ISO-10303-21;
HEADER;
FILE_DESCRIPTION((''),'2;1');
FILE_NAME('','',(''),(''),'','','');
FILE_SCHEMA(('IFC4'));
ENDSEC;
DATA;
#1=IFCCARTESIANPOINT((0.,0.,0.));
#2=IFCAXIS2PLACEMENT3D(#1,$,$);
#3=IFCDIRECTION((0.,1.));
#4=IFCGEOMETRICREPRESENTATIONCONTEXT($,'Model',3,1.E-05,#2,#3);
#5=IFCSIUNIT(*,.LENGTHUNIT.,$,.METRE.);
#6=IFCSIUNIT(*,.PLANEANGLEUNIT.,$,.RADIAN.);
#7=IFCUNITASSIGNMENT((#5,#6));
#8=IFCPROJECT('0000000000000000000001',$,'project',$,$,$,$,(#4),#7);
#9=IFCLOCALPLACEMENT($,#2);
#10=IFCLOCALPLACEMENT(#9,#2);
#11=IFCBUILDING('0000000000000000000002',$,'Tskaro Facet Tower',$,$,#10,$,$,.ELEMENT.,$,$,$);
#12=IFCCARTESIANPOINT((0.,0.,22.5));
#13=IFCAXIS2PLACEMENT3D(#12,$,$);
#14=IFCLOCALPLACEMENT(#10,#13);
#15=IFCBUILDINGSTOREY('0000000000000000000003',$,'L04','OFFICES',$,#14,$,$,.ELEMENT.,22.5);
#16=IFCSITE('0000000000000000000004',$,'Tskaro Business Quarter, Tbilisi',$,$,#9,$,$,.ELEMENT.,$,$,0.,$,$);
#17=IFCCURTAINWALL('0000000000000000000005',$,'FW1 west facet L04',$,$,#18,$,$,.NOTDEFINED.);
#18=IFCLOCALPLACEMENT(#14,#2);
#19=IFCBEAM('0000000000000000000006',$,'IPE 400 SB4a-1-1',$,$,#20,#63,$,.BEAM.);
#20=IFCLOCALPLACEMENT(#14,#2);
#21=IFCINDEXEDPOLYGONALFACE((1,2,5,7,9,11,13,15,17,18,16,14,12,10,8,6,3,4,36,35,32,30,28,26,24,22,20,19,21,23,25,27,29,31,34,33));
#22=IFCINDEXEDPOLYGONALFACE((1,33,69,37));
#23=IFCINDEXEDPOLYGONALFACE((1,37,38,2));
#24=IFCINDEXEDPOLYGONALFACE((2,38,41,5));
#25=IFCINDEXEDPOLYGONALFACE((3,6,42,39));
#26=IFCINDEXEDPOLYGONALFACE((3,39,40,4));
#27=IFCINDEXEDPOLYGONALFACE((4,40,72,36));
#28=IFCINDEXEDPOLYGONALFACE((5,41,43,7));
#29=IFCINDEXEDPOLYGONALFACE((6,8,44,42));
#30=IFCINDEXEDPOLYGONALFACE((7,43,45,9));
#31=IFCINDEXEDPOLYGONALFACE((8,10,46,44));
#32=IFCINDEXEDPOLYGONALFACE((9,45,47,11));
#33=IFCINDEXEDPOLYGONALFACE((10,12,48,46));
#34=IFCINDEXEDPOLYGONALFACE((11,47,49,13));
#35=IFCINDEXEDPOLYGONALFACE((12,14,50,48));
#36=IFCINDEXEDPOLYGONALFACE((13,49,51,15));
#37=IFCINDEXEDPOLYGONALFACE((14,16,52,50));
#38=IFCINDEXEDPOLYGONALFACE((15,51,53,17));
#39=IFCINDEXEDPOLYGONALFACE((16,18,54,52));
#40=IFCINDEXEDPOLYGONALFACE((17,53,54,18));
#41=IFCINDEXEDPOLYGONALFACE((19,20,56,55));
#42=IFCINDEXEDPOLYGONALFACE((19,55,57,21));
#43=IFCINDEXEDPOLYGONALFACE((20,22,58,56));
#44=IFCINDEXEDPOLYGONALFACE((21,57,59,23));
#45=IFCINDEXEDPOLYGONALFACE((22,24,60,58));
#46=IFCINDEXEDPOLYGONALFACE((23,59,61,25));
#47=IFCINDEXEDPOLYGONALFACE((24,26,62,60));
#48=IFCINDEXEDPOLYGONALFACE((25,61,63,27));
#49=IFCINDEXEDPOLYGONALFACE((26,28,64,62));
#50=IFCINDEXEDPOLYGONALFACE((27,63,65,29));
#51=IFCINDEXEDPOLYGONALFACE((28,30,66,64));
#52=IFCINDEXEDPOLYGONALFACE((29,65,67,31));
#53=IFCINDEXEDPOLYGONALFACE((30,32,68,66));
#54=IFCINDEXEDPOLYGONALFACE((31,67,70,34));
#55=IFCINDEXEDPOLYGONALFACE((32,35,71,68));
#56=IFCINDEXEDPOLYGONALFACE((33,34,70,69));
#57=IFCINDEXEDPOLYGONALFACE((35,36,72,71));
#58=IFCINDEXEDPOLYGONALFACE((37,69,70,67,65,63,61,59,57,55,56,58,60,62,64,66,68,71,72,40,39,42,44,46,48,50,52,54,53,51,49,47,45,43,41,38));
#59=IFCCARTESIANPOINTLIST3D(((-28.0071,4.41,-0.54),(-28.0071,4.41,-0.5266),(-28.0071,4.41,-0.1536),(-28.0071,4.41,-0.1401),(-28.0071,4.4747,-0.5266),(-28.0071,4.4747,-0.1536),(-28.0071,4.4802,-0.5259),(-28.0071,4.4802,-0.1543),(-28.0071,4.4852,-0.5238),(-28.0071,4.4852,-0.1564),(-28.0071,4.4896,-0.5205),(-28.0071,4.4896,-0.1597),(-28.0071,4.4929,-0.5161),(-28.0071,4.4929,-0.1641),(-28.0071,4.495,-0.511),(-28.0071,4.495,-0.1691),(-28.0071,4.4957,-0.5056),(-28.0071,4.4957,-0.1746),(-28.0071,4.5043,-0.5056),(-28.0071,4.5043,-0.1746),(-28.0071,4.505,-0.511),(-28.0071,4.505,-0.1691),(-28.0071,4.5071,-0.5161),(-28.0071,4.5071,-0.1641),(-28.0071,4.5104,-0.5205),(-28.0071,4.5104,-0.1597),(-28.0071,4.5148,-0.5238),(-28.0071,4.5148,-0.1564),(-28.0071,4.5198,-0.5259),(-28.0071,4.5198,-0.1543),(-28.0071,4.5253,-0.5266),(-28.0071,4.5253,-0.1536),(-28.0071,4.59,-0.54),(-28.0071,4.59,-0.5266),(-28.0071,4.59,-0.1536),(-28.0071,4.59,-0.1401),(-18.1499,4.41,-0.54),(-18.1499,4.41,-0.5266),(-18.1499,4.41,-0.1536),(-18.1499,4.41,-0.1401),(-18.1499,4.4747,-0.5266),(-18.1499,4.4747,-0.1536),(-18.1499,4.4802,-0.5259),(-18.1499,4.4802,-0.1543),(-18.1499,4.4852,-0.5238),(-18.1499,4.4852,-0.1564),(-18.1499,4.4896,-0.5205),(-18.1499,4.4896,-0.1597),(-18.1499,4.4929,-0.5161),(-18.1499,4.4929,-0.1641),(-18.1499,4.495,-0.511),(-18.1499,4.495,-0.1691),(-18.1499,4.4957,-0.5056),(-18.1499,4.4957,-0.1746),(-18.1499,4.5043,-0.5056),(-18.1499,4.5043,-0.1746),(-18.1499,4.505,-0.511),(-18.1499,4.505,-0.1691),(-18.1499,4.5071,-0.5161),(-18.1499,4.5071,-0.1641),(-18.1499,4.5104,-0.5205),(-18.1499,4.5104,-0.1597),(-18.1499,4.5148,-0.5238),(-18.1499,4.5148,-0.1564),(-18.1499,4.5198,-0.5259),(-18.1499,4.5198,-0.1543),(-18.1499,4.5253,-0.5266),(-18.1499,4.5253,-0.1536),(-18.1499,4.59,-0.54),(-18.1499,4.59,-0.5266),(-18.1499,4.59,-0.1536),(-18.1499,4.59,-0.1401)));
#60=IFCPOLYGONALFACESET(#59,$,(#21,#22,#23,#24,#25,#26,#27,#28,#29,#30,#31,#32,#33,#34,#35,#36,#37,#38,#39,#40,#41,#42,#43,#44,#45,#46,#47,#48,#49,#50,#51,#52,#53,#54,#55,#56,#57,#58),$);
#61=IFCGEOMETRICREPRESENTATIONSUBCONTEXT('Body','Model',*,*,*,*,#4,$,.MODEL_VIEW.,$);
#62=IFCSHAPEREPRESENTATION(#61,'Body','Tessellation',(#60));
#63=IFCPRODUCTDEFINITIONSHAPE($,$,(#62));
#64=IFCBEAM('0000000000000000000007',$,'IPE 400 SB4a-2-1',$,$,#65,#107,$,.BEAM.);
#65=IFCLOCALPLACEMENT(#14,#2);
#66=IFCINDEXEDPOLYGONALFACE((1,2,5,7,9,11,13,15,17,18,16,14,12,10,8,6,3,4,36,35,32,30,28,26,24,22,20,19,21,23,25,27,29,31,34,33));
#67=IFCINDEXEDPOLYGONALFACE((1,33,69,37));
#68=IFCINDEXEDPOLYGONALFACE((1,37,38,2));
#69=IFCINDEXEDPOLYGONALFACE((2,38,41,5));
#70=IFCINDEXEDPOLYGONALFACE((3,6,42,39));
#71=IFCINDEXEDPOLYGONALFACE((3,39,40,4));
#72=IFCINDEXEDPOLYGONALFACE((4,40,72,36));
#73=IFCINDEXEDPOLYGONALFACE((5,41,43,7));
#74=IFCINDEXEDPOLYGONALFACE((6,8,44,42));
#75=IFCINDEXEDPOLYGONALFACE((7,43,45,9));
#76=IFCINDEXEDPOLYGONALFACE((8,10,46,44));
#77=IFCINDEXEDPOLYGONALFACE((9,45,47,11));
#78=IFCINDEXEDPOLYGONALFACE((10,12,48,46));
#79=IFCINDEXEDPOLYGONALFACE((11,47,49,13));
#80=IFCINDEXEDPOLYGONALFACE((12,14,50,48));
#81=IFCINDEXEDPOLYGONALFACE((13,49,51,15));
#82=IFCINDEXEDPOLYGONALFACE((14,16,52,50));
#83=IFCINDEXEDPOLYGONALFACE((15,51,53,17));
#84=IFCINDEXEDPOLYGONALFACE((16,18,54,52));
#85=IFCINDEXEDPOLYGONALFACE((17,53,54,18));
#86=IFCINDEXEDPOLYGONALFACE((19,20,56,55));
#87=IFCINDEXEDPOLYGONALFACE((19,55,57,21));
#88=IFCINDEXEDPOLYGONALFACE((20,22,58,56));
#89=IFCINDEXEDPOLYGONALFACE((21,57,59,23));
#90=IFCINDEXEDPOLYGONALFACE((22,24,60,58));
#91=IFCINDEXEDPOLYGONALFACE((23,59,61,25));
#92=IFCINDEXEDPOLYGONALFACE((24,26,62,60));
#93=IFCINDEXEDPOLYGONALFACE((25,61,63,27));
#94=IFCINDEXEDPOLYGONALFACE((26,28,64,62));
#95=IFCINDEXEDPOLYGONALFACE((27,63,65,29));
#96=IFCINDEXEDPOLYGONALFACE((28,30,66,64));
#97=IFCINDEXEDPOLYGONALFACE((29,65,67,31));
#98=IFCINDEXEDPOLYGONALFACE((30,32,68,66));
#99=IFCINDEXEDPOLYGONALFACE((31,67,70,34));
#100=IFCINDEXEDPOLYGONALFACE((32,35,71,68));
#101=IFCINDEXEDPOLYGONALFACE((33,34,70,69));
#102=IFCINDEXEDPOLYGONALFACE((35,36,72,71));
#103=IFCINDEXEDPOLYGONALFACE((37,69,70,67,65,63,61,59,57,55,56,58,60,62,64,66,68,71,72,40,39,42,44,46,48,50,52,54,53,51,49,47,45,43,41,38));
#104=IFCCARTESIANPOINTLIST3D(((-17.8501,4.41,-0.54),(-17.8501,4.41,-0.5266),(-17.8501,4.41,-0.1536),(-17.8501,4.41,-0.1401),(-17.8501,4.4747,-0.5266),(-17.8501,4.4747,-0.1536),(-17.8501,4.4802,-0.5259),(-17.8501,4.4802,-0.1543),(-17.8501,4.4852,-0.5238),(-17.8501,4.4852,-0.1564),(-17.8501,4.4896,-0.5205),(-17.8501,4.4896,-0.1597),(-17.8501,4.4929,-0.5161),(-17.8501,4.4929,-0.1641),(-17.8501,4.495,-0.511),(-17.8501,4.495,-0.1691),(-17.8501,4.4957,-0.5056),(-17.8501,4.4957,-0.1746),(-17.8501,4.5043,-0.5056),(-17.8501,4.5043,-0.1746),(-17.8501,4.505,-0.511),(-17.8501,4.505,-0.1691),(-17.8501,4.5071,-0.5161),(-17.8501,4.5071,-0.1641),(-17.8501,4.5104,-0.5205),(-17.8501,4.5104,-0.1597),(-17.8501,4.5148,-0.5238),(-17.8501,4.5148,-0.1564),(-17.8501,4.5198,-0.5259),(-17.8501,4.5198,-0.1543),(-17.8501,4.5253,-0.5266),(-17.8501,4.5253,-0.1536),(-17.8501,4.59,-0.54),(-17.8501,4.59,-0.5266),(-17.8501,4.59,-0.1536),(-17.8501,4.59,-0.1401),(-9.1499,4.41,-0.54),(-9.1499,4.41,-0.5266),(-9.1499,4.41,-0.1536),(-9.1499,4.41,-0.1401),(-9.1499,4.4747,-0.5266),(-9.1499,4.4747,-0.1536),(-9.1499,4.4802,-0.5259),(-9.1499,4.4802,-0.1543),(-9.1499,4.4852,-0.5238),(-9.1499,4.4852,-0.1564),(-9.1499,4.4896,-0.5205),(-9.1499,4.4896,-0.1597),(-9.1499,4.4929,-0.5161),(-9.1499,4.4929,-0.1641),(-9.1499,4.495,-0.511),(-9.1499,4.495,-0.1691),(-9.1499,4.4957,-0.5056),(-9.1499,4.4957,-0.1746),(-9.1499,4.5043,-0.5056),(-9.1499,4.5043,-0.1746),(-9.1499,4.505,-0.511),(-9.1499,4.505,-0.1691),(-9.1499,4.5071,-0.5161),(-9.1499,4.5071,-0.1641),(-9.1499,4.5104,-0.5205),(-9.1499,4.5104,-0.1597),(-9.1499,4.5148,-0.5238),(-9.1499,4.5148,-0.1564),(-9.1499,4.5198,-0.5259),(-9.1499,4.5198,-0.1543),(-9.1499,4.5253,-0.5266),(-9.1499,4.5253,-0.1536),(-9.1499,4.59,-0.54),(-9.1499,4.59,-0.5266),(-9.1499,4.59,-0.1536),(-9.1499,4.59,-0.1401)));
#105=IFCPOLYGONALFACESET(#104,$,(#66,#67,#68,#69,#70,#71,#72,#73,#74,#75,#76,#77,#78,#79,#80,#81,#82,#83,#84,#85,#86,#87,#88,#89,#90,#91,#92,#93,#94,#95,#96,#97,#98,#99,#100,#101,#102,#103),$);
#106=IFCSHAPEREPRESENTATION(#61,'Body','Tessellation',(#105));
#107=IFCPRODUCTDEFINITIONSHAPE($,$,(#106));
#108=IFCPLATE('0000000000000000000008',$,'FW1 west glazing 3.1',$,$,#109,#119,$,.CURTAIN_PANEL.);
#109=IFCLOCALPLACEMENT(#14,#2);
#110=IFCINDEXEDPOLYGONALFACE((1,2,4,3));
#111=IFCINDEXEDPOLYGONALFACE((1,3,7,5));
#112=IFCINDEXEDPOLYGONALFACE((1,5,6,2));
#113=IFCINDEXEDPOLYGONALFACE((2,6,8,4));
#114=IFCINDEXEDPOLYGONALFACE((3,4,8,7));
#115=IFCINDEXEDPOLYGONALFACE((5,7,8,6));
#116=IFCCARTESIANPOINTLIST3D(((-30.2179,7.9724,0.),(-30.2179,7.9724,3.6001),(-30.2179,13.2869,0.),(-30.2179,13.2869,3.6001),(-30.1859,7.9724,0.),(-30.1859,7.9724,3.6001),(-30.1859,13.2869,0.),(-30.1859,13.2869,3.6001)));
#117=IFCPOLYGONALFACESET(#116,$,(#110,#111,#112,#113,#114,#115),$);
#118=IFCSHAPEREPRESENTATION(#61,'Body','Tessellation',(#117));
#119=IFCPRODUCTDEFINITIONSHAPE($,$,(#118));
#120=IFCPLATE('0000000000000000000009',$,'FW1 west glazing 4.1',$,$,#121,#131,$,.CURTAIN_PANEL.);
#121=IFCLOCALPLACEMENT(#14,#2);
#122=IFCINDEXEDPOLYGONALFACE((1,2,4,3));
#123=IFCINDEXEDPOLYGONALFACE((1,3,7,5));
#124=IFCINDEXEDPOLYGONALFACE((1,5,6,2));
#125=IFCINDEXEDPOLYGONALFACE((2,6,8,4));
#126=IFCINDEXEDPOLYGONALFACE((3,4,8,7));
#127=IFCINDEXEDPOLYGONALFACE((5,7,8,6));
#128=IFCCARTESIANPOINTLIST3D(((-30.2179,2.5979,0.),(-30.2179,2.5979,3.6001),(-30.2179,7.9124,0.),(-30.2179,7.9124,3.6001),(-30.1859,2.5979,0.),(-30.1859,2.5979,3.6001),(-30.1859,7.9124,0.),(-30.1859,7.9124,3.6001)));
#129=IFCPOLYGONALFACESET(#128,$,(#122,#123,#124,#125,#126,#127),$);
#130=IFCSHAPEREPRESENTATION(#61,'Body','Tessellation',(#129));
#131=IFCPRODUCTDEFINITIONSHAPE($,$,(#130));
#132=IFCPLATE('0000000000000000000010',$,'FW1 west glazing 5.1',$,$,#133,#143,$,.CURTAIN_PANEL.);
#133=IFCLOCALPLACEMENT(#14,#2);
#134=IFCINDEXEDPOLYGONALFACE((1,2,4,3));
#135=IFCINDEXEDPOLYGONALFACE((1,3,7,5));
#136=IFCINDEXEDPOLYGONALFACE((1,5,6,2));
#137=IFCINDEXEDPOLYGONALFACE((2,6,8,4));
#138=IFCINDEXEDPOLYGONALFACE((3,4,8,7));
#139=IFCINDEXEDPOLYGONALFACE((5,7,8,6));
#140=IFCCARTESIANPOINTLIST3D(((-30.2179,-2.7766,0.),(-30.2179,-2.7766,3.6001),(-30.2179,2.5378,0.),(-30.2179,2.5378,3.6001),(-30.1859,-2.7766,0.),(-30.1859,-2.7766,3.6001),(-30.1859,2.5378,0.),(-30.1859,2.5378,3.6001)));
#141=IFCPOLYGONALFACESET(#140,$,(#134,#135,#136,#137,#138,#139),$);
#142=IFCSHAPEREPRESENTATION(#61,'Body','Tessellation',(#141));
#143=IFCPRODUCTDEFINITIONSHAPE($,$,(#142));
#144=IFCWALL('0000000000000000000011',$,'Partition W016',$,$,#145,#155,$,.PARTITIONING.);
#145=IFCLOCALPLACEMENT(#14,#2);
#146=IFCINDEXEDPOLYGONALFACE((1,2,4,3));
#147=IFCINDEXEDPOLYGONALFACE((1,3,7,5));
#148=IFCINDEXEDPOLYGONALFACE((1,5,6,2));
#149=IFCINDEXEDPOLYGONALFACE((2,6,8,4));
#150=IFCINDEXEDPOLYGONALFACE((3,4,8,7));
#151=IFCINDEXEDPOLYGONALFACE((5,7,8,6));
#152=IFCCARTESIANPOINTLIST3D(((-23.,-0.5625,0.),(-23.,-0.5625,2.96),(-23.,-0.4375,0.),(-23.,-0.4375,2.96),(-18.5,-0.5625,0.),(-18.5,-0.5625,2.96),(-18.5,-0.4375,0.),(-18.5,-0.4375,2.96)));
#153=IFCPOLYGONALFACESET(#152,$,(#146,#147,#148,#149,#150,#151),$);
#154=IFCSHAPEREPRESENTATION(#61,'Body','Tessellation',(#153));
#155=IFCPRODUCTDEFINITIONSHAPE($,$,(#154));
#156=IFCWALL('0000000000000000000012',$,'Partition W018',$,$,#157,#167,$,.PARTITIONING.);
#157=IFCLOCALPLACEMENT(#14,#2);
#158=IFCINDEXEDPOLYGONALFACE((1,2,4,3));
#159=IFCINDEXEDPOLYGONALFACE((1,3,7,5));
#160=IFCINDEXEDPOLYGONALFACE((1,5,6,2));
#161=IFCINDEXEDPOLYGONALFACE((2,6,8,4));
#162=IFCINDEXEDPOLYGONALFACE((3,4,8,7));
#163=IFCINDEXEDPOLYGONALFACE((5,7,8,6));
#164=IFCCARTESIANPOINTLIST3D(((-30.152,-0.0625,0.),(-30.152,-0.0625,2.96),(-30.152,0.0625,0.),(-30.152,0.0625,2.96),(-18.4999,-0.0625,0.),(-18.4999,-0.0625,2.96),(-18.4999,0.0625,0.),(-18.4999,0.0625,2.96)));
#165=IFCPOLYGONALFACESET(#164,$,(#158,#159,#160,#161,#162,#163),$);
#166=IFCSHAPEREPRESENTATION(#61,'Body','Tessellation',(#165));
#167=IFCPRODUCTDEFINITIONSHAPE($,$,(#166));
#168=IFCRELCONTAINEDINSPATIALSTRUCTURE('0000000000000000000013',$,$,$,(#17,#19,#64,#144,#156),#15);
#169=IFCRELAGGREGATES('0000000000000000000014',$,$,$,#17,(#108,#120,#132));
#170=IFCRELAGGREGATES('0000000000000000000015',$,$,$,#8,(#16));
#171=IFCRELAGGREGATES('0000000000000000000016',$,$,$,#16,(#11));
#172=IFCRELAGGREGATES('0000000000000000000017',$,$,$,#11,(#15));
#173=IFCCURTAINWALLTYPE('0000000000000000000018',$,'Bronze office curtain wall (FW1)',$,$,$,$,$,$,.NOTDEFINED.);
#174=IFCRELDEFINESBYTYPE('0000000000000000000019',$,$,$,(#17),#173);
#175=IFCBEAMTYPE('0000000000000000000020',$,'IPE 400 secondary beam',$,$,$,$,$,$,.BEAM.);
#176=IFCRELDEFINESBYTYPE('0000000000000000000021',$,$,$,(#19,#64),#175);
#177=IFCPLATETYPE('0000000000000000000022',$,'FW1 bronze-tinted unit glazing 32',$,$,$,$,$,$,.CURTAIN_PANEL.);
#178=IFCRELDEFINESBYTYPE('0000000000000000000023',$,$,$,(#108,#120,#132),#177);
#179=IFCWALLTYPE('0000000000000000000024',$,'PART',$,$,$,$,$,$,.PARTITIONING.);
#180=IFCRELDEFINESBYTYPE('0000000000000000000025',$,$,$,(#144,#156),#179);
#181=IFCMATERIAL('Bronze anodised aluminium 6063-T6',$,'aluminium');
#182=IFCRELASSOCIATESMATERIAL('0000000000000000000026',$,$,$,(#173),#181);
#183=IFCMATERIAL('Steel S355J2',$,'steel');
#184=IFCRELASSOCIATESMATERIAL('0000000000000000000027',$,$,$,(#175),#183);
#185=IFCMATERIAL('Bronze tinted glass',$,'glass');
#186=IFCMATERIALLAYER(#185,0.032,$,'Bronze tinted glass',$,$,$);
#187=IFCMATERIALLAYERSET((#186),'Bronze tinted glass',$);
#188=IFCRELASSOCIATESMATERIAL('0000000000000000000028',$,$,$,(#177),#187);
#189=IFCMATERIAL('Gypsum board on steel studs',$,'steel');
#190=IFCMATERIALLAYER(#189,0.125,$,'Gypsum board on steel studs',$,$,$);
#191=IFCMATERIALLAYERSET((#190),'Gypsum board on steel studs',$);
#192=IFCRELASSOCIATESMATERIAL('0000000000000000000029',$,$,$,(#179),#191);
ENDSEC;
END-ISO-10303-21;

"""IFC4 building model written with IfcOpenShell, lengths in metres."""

from ifc_helpers import new_model, si_unit, direction, frame, frame_2d, origin, origin_2d, place, context, subcontext, project, spatial, rectangle, i_section, extrude, material, layer, layer_set, material_profile, profile_set, type_object, element, aggregate, save


model = new_model("IFC4")

# Units and contexts
model_context = context("Model", 3, precision=1e-05, world=origin(), true_north=direction((0.0, 1.0)))
body_context = subcontext(model_context, "Body", "Model", "MODEL_VIEW")
ifc_project = project(units=[si_unit("LENGTHUNIT", "METRE"), si_unit("PLANEANGLEUNIT", "RADIAN")], contexts=[model_context])

# Site, building, storey
site_placement = place(None, origin())
site = spatial("IfcSite", under=ifc_project, at=site_placement, Name="Tskaro Business Quarter, Tbilisi", CompositionType="ELEMENT", RefElevation=0.0)
building_placement = place(site_placement, origin())
building = spatial("IfcBuilding", under=site, at=building_placement, Name="Tskaro Facet Tower", CompositionType="ELEMENT")
storey_placement = place(building_placement, frame((0.0, 0.0, 22.5)))
storey = spatial("IfcBuildingStorey", under=building, at=storey_placement, Name="L04", Description="OFFICES", CompositionType="ELEMENT", Elevation=22.5)

# Curtain wall
ifc_material_1 = material(Name="Bronze anodised aluminium 6063-T6", Category="aluminium")
curtain_wall_type = type_object("IfcCurtainWallType", Name="Bronze office curtain wall (FW1)", PredefinedType="NOTDEFINED", material=ifc_material_1)
curtain_wall_placement = place(storey_placement, origin())
curtain_wall = element("IfcCurtainWall", 1, at=curtain_wall_placement, inside=storey, type_object=curtain_wall_type, Name="FW1 west facet L04", PredefinedType="NOTDEFINED")

# Beams
ifc_material_2 = material(Name="Steel S355J2", Category="steel")
ifc_material_profile_1 = material_profile(ifc_material_2, i_section(OverallWidth=0.1799, OverallDepth=0.3999, WebThickness=0.0085, FlangeThickness=0.0134, FilletRadius=0.021, at=origin_2d()), Name="IPE 400")
ifc_profile_set_1 = profile_set([ifc_material_profile_1], Name="Steel S355J2")
beam_type_1 = type_object("IfcBeamType", Name="IPE 400 secondary beam", PredefinedType="BEAM", material=ifc_profile_set_1)
beam_1_placement = place(storey_placement, frame((-28.0071, 4.5, -0.3401), z_axis=(1.0, 0.0, 0.0), x_axis=(0.0, 1.0, 0.0)))
element("IfcBeam", 2, at=beam_1_placement, inside=storey, type_object=beam_type_1, Name="IPE 400 SB4a-1-1", PredefinedType="BEAM", context=body_context, shape_type="SweptSolid", body=[
    extrude(i_section(OverallWidth=0.1799, OverallDepth=0.3999, WebThickness=0.0085, FlangeThickness=0.0134, FilletRadius=0.021, at=origin_2d()), origin(), (0.0, 0.0, 1.0), 9.8572),
])
beam_2_placement = place(storey_placement, frame((-17.8501, 4.5, -0.3401), z_axis=(1.0, 0.0, 0.0), x_axis=(0.0, 1.0, 0.0)))
element("IfcBeam", 3, at=beam_2_placement, inside=storey, type_object=beam_type_1, Name="IPE 400 SB4a-2-1", PredefinedType="BEAM", context=body_context, shape_type="SweptSolid", body=[
    extrude(i_section(OverallWidth=0.1799, OverallDepth=0.3999, WebThickness=0.0085, FlangeThickness=0.0134, FilletRadius=0.021, at=origin_2d()), origin(), (0.0, 0.0, 1.0), 8.7002),
])

# Plates
ifc_material_3 = material(Name="Bronze tinted glass", Category="glass")
ifc_layer_1 = layer(ifc_material_3, 0.032, Name="Bronze tinted glass")
ifc_layer_set_1 = layer_set([ifc_layer_1], Name="Bronze tinted glass")
plate_type = type_object("IfcPlateType", Name="FW1 bronze-tinted unit glazing 32", PredefinedType="CURTAIN_PANEL", material=ifc_layer_set_1)
plate_1_placement = place(storey_placement, frame((-30.2019, 10.6296, 0.0), z_axis=(0.0, 0.0, 1.0), x_axis=(0.0, -1.0, 0.0)))
plate_1 = element("IfcPlate", 4, at=plate_1_placement, type_object=plate_type, Name="FW1 west glazing 3.1", PredefinedType="CURTAIN_PANEL", context=body_context, shape_type="SweptSolid", body=[
    extrude(rectangle(XDim=5.3145, YDim=0.032, at=origin_2d()), origin(), (0.0, 0.0, 1.0), 3.6001),
])
plate_2_placement = place(storey_placement, frame((-30.2019, 5.2551, 0.0), z_axis=(0.0, 0.0, 1.0), x_axis=(0.0, -1.0, 0.0)))
plate_2 = element("IfcPlate", 5, at=plate_2_placement, type_object=plate_type, Name="FW1 west glazing 4.1", PredefinedType="CURTAIN_PANEL", context=body_context, shape_type="SweptSolid", body=[
    extrude(rectangle(XDim=5.3145, YDim=0.032, at=origin_2d()), origin(), (0.0, 0.0, 1.0), 3.6001),
])
plate_3_placement = place(storey_placement, frame((-30.2019, -0.1194, 0.0), z_axis=(0.0, 0.0, 1.0), x_axis=(0.0, -1.0, 0.0)))
plate_3 = element("IfcPlate", 6, at=plate_3_placement, type_object=plate_type, Name="FW1 west glazing 5.1", PredefinedType="CURTAIN_PANEL", context=body_context, shape_type="SweptSolid", body=[
    extrude(rectangle(XDim=5.3145, YDim=0.032, at=origin_2d()), origin(), (0.0, 0.0, 1.0), 3.6001),
])
aggregate(curtain_wall, [plate_1, plate_2, plate_3])

# Walls
ifc_material_4 = material(Name="Gypsum board on steel studs", Category="steel")
ifc_layer_2 = layer(ifc_material_4, 0.125, Name="Gypsum board on steel studs")
ifc_layer_set_2 = layer_set([ifc_layer_2], Name="Gypsum board on steel studs")
wall_type_1 = type_object("IfcWallType", Name="PART", PredefinedType="PARTITIONING", material=ifc_layer_set_2)
wall_1_placement = place(storey_placement, frame((-23.0, -0.5, 0.0), z_axis=(0.0, 0.0, 1.0), x_axis=(1.0, 0.0, 0.0)))
element("IfcWall", 7, at=wall_1_placement, inside=storey, type_object=wall_type_1, Name="Partition W016", PredefinedType="PARTITIONING", context=body_context, shape_type="SweptSolid", body=[
    extrude(rectangle(XDim=4.5, YDim=0.125, at=frame_2d((2.25, 0.0))), origin(), (0.0, 0.0, 1.0), 2.96),
])
wall_2_placement = place(storey_placement, frame((-30.1521, 0.0, 0.0), z_axis=(0.0, 0.0, 1.0), x_axis=(1.0, 0.0, 0.0)))
element("IfcWall", 8, at=wall_2_placement, inside=storey, type_object=wall_type_1, Name="Partition W018", PredefinedType="PARTITIONING", context=body_context, shape_type="SweptSolid", body=[
    extrude(rectangle(XDim=11.6521, YDim=0.125, at=frame_2d((5.8262, 0.0))), origin(), (0.0, 0.0, 1.0), 2.96),
])

save(model, "model.ifc")
